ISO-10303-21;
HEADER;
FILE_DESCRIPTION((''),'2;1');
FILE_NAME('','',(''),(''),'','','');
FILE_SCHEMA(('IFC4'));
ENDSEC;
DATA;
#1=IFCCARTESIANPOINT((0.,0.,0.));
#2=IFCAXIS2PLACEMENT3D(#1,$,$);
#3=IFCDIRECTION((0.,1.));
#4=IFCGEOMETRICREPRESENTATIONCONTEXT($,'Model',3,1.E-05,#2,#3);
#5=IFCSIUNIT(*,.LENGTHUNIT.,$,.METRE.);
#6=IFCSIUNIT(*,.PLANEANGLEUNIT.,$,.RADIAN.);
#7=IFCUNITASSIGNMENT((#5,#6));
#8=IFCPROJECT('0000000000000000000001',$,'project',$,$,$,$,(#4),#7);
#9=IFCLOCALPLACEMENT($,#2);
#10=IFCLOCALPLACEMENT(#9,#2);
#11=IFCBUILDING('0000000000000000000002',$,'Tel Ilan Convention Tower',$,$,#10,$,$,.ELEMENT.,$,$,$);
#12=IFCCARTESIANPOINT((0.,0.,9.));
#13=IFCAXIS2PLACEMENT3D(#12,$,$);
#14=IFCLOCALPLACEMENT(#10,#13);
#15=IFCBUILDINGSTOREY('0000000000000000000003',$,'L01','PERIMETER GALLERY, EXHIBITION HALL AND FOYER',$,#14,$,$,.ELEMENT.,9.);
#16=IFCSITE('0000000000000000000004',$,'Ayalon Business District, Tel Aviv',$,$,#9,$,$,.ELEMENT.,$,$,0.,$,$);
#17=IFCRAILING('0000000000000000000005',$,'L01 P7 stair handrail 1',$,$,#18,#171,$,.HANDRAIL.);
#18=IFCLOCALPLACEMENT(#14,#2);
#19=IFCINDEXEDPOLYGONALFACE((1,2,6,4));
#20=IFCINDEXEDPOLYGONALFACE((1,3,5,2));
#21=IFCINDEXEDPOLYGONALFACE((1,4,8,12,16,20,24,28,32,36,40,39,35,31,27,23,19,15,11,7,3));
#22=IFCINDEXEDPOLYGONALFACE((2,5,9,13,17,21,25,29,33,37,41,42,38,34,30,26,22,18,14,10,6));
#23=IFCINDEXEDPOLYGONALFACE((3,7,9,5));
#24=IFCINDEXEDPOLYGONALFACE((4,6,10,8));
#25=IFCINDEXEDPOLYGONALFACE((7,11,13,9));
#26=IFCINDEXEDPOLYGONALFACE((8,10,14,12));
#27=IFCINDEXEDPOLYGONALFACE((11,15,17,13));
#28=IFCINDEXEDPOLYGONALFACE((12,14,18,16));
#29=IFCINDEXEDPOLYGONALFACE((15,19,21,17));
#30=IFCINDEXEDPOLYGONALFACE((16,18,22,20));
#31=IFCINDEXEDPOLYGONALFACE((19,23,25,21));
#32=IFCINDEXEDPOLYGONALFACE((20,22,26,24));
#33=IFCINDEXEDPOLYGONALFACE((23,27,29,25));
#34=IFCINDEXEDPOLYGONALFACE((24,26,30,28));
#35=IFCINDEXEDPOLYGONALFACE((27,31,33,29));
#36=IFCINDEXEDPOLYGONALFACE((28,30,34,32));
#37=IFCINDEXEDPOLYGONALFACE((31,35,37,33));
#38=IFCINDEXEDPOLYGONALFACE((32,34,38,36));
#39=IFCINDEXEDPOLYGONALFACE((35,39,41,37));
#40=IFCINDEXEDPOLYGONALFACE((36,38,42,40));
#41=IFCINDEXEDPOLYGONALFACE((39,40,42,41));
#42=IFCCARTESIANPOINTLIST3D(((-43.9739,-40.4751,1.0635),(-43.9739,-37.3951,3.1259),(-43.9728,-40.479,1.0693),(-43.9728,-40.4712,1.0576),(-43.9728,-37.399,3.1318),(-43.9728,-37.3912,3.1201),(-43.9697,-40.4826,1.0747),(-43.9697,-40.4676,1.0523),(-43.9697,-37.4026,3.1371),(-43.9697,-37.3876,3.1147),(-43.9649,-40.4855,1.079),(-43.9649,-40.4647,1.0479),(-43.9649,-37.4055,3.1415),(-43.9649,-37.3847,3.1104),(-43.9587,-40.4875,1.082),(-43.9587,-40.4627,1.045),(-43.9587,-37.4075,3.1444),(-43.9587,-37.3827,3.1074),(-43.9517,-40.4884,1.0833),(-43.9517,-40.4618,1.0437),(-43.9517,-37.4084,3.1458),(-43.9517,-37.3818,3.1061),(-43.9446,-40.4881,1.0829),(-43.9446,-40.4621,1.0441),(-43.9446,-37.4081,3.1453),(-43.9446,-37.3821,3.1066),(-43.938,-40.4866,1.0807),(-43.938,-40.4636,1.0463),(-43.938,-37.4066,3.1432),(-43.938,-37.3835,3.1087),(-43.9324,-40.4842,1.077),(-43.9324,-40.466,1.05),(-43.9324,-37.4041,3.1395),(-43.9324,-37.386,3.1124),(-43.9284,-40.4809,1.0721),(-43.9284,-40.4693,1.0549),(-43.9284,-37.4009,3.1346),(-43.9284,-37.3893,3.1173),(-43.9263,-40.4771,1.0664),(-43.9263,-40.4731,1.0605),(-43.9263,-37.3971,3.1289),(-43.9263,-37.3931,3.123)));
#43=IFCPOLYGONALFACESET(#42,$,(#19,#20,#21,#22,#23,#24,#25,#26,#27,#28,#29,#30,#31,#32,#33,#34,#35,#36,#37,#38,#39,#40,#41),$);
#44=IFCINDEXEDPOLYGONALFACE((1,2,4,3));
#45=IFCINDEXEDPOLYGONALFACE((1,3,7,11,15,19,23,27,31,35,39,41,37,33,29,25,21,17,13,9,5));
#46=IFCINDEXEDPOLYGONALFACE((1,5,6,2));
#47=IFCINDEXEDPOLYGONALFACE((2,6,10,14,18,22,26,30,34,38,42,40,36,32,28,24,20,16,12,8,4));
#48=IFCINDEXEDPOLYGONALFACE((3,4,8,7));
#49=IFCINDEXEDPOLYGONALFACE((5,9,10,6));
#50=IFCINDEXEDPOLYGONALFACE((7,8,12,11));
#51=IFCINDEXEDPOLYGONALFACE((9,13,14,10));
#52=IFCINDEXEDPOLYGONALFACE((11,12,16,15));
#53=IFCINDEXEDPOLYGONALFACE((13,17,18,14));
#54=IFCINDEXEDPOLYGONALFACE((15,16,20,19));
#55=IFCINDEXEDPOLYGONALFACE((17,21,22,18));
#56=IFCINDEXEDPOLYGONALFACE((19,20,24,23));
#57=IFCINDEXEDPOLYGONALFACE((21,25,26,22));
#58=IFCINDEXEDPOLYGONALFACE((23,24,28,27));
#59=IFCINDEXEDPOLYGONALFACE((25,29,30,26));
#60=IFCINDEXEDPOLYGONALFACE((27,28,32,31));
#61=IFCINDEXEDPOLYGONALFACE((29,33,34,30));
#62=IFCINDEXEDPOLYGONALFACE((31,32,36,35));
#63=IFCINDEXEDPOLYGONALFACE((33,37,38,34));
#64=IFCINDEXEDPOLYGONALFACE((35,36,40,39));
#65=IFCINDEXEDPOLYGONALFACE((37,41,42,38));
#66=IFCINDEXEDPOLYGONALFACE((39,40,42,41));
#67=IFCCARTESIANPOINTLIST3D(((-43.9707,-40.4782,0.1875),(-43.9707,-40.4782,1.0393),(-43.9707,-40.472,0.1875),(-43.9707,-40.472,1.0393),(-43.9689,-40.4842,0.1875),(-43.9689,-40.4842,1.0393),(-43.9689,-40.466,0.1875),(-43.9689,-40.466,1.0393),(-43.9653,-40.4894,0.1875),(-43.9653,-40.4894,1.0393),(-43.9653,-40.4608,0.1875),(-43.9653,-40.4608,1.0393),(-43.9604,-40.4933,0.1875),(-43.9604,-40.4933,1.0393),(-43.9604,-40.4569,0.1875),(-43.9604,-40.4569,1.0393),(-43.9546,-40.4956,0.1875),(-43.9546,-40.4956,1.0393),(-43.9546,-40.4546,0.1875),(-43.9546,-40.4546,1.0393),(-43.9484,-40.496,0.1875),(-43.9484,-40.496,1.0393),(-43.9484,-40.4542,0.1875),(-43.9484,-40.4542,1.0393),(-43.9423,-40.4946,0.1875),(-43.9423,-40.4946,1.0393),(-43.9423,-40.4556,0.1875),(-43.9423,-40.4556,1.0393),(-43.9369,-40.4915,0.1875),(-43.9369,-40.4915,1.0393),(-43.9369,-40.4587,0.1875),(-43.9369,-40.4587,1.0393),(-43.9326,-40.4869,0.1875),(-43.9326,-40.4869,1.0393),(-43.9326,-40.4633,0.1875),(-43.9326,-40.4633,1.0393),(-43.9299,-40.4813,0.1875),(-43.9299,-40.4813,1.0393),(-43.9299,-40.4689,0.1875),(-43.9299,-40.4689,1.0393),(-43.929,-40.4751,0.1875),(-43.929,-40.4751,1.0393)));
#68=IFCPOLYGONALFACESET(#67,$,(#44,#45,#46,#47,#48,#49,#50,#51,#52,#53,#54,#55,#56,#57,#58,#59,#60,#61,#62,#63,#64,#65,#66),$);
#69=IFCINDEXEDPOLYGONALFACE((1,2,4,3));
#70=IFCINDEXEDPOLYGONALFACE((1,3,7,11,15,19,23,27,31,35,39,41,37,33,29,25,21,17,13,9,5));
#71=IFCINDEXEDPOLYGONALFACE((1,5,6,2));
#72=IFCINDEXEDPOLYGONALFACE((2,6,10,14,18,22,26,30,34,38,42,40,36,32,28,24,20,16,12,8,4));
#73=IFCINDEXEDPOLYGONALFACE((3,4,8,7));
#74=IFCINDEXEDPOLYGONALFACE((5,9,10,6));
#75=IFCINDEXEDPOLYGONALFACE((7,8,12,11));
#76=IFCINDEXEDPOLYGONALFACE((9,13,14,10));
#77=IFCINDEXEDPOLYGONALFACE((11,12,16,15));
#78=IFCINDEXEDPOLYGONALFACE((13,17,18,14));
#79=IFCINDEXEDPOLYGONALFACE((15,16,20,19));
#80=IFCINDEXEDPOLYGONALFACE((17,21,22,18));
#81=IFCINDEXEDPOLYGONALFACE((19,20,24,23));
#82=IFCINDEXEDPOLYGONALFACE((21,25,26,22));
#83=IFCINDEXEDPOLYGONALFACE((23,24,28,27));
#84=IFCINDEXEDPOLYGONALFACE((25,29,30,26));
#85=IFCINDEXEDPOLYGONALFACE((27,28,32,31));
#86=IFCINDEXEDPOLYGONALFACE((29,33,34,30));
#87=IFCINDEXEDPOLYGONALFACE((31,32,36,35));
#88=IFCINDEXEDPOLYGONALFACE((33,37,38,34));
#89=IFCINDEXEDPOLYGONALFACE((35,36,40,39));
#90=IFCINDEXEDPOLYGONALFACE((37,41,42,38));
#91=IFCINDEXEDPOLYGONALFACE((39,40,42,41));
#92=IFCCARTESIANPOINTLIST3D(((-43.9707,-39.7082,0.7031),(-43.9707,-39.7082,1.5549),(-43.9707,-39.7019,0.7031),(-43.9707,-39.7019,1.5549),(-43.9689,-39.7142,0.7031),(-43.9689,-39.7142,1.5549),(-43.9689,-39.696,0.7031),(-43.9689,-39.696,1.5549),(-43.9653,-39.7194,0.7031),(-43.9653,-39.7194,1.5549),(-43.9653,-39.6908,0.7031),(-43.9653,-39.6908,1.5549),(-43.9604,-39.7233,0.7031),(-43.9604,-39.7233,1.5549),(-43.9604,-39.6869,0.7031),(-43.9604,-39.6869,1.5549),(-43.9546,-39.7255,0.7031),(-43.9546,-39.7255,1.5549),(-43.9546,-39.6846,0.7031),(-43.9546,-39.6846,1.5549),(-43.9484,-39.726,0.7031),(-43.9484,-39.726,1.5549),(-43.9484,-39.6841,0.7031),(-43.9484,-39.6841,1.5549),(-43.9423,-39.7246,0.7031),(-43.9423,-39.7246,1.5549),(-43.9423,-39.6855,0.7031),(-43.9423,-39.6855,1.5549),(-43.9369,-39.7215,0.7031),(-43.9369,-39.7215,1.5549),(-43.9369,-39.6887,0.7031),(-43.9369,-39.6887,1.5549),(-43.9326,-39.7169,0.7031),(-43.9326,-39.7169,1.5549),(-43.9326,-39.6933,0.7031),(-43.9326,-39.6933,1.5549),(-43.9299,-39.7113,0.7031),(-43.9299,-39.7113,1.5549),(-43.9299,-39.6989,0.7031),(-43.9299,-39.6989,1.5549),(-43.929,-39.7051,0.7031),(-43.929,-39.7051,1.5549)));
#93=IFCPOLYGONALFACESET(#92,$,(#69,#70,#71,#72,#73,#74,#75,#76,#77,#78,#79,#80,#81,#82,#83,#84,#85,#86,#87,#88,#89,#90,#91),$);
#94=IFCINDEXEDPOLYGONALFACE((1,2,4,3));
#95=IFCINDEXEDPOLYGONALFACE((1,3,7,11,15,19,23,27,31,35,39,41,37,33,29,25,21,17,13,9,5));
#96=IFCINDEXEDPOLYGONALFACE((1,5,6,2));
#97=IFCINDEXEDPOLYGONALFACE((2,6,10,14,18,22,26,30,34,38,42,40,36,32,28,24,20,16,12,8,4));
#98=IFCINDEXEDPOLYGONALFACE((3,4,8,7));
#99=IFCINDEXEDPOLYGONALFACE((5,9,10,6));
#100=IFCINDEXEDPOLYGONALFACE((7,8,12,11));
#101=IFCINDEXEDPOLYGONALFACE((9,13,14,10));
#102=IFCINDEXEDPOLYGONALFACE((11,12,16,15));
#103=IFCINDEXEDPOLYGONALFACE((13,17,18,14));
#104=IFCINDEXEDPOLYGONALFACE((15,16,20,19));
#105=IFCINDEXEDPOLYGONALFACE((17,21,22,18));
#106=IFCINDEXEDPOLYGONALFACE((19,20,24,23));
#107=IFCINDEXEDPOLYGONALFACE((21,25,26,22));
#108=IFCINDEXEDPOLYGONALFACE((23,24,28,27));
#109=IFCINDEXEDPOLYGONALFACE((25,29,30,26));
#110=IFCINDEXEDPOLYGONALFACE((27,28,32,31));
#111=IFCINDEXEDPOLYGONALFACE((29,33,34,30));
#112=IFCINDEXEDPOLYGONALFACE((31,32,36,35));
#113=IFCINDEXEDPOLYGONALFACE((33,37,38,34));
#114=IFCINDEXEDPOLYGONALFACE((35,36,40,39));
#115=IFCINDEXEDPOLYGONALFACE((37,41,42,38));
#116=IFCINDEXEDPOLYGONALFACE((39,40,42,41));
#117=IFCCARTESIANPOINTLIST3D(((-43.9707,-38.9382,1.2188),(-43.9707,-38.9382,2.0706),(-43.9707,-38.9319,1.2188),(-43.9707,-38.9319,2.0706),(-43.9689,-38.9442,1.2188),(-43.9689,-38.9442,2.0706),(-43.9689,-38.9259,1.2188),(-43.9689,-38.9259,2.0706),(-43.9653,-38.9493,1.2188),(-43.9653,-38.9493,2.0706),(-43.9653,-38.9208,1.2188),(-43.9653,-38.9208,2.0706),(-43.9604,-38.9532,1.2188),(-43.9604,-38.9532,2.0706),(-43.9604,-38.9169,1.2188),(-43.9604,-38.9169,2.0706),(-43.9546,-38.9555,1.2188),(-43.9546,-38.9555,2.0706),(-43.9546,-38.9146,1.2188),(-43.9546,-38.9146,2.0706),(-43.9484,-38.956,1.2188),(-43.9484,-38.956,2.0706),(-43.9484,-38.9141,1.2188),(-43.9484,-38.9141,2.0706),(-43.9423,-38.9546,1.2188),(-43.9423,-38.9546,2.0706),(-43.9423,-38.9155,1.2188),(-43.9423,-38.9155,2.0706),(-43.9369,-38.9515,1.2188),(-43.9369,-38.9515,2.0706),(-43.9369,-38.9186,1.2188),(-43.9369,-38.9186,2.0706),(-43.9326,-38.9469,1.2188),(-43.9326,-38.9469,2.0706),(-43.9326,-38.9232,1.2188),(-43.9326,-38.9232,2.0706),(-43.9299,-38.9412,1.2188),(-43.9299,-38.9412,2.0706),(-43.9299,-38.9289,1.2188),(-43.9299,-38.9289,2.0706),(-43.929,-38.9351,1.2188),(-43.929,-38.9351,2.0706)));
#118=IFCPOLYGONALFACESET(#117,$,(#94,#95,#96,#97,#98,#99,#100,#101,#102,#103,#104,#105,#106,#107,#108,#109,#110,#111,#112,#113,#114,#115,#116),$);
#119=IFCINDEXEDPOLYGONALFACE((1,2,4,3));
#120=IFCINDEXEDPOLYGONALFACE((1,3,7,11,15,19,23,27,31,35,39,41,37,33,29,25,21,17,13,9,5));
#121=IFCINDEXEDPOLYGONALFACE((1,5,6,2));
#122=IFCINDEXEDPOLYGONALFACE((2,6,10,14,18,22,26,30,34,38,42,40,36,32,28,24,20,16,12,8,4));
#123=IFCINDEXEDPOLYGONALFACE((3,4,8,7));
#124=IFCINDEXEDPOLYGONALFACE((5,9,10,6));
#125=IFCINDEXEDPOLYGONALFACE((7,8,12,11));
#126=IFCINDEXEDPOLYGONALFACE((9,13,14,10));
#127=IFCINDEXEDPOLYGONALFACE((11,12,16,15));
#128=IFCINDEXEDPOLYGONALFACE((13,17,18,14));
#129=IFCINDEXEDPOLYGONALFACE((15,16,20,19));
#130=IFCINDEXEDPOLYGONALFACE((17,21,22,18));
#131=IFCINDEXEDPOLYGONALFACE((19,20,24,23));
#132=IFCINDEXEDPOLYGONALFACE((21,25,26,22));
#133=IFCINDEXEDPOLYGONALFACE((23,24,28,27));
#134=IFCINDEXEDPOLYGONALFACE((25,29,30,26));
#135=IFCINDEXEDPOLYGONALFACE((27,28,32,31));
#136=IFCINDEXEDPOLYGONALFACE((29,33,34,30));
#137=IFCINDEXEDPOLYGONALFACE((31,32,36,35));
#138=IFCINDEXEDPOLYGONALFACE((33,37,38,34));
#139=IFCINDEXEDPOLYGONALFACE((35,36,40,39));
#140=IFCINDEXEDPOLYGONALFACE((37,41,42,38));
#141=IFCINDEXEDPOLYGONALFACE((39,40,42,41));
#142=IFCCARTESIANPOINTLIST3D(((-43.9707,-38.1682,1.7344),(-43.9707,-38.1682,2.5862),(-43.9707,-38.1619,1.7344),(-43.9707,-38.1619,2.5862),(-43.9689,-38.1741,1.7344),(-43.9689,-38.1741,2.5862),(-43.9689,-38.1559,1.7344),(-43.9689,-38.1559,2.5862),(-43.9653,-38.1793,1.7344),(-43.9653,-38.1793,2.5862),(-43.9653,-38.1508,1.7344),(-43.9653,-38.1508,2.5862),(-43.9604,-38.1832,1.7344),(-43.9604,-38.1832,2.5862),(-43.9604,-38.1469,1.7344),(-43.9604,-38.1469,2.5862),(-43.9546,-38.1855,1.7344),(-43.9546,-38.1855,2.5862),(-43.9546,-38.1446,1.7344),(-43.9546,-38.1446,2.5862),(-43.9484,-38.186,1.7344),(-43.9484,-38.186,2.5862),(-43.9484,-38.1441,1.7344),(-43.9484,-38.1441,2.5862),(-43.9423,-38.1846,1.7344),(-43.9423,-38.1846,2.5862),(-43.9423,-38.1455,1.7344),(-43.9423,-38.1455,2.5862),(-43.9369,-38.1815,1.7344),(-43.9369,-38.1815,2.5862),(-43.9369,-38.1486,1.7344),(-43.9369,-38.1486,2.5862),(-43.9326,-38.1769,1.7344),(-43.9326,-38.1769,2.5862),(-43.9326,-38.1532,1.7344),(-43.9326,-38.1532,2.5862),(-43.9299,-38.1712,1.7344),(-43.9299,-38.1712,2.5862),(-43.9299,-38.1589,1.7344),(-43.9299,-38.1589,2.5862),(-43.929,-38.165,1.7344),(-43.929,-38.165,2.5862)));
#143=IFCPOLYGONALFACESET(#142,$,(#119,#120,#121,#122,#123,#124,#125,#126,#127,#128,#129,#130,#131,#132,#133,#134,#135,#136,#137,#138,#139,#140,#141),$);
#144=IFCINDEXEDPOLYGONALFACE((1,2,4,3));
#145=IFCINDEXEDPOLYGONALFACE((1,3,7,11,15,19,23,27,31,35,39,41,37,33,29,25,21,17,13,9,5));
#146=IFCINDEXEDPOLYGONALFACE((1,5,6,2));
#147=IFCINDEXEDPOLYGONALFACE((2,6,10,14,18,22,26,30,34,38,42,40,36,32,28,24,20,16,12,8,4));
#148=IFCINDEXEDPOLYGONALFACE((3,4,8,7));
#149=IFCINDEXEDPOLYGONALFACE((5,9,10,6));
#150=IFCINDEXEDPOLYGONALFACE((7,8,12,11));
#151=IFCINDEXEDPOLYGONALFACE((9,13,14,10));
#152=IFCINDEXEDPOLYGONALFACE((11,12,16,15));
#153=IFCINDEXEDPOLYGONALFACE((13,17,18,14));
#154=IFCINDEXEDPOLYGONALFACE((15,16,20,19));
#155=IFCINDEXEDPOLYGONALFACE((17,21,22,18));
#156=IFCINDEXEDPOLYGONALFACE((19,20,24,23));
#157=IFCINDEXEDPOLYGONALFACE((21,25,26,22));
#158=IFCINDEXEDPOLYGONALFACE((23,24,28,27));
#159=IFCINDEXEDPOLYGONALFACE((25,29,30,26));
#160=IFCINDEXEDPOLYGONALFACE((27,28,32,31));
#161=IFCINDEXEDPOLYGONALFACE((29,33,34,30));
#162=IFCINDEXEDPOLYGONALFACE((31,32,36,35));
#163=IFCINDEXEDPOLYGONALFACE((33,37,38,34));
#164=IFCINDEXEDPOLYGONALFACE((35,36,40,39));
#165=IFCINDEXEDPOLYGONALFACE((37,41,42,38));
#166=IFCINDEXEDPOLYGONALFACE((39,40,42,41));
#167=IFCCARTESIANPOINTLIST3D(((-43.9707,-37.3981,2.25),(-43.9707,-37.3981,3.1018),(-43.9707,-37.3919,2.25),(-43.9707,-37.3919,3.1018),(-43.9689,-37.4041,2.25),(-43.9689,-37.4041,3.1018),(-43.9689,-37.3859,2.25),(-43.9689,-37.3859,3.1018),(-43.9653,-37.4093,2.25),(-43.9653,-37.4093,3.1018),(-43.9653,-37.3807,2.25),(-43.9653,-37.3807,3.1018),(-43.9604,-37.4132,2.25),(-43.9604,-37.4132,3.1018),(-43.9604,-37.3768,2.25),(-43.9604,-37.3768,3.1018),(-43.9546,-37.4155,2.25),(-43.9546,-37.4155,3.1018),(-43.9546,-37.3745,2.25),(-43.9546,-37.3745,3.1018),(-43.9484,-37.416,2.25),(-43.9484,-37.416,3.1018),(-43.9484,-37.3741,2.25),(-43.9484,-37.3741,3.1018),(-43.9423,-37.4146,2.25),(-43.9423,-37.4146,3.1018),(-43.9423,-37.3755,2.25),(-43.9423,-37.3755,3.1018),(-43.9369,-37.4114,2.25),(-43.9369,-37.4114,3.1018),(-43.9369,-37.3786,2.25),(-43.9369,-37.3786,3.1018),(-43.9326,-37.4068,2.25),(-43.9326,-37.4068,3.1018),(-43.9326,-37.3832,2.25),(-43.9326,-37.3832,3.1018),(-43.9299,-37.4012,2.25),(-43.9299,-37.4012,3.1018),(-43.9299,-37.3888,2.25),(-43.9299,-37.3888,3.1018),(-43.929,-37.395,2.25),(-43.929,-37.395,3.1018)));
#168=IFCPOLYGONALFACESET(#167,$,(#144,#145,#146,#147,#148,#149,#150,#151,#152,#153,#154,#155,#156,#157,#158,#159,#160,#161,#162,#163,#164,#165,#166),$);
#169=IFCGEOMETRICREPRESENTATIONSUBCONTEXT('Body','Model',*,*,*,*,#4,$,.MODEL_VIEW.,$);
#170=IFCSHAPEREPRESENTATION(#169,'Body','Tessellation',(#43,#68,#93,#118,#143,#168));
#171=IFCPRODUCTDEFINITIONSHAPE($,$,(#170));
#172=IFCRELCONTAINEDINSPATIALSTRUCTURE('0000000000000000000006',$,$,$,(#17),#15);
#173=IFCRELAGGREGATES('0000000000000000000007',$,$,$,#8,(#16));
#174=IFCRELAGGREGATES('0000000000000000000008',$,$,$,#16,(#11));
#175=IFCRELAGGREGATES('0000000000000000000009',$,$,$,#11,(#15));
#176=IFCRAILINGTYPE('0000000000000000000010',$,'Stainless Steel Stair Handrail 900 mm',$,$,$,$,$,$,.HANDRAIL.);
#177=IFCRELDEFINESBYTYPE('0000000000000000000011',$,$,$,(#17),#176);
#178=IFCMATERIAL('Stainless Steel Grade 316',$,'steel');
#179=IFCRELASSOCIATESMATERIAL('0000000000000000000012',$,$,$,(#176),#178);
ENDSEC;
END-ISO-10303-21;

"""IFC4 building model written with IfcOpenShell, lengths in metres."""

from ifc_helpers import new_model, si_unit, direction, frame, origin, origin_2d, place, context, subcontext, project, spatial, circle, extrude, material, type_object, element, save


model = new_model("IFC4")

# Units and contexts
model_context = context("Model", 3, precision=1e-05, world=origin(), true_north=direction((0.0, 1.0)))
body_context = subcontext(model_context, "Body", "Model", "MODEL_VIEW")
ifc_project = project(units=[si_unit("LENGTHUNIT", "METRE"), si_unit("PLANEANGLEUNIT", "RADIAN")], contexts=[model_context])

# Site, building, storey
site_placement = place(None, origin())
site = spatial("IfcSite", under=ifc_project, at=site_placement, Name="Ayalon Business District, Tel Aviv", CompositionType="ELEMENT", RefElevation=0.0)
building_placement = place(site_placement, origin())
building = spatial("IfcBuilding", under=site, at=building_placement, Name="Tel Ilan Convention Tower", CompositionType="ELEMENT")
storey_placement = place(building_placement, frame((0.0, 0.0, 9.0)))
storey = spatial("IfcBuildingStorey", under=building, at=storey_placement, Name="L01", Description="PERIMETER GALLERY, EXHIBITION HALL AND FOYER", CompositionType="ELEMENT", Elevation=9.0)

# Railing
ifc_material_1 = material(Name="Stainless Steel Grade 316", Category="steel")
railing_type_1 = type_object("IfcRailingType", Name="Stainless Steel Stair Handrail 900 mm", PredefinedType="HANDRAIL", material=ifc_material_1)
railing_1_placement = place(storey_placement, frame((-43.95, -40.4751, 0.1875)))
element("IfcRailing", 1, at=railing_1_placement, inside=storey, type_object=railing_type_1, Name="L01 P7 stair handrail 1", PredefinedType="HANDRAIL", context=body_context, shape_type="SweptSolid", body=[
    extrude(circle(Radius=0.0239, at=origin_2d()), frame((0.0, 0.0, 0.876), z_axis=(0.0, 0.830914, 0.556401), x_axis=(-1.0, 0.0, 0.0)), (0.0, 0.0, 1.0), 3.7068),
    extrude(circle(Radius=0.021, at=origin_2d()), origin(), (0.0, 0.0, 1.0), 0.8518),
    extrude(circle(Radius=0.021, at=origin_2d()), frame((0.0, 0.77, 0.5156)), (0.0, 0.0, 1.0), 0.8518),
    extrude(circle(Radius=0.021, at=origin_2d()), frame((0.0, 1.54, 1.0312)), (0.0, 0.0, 1.0), 0.8518),
    extrude(circle(Radius=0.021, at=origin_2d()), frame((0.0, 2.3101, 1.5469)), (0.0, 0.0, 1.0), 0.8518),
    extrude(circle(Radius=0.021, at=origin_2d()), frame((0.0, 3.0801, 2.0625)), (0.0, 0.0, 1.0), 0.8518),
])

save(model, "model.ifc")
